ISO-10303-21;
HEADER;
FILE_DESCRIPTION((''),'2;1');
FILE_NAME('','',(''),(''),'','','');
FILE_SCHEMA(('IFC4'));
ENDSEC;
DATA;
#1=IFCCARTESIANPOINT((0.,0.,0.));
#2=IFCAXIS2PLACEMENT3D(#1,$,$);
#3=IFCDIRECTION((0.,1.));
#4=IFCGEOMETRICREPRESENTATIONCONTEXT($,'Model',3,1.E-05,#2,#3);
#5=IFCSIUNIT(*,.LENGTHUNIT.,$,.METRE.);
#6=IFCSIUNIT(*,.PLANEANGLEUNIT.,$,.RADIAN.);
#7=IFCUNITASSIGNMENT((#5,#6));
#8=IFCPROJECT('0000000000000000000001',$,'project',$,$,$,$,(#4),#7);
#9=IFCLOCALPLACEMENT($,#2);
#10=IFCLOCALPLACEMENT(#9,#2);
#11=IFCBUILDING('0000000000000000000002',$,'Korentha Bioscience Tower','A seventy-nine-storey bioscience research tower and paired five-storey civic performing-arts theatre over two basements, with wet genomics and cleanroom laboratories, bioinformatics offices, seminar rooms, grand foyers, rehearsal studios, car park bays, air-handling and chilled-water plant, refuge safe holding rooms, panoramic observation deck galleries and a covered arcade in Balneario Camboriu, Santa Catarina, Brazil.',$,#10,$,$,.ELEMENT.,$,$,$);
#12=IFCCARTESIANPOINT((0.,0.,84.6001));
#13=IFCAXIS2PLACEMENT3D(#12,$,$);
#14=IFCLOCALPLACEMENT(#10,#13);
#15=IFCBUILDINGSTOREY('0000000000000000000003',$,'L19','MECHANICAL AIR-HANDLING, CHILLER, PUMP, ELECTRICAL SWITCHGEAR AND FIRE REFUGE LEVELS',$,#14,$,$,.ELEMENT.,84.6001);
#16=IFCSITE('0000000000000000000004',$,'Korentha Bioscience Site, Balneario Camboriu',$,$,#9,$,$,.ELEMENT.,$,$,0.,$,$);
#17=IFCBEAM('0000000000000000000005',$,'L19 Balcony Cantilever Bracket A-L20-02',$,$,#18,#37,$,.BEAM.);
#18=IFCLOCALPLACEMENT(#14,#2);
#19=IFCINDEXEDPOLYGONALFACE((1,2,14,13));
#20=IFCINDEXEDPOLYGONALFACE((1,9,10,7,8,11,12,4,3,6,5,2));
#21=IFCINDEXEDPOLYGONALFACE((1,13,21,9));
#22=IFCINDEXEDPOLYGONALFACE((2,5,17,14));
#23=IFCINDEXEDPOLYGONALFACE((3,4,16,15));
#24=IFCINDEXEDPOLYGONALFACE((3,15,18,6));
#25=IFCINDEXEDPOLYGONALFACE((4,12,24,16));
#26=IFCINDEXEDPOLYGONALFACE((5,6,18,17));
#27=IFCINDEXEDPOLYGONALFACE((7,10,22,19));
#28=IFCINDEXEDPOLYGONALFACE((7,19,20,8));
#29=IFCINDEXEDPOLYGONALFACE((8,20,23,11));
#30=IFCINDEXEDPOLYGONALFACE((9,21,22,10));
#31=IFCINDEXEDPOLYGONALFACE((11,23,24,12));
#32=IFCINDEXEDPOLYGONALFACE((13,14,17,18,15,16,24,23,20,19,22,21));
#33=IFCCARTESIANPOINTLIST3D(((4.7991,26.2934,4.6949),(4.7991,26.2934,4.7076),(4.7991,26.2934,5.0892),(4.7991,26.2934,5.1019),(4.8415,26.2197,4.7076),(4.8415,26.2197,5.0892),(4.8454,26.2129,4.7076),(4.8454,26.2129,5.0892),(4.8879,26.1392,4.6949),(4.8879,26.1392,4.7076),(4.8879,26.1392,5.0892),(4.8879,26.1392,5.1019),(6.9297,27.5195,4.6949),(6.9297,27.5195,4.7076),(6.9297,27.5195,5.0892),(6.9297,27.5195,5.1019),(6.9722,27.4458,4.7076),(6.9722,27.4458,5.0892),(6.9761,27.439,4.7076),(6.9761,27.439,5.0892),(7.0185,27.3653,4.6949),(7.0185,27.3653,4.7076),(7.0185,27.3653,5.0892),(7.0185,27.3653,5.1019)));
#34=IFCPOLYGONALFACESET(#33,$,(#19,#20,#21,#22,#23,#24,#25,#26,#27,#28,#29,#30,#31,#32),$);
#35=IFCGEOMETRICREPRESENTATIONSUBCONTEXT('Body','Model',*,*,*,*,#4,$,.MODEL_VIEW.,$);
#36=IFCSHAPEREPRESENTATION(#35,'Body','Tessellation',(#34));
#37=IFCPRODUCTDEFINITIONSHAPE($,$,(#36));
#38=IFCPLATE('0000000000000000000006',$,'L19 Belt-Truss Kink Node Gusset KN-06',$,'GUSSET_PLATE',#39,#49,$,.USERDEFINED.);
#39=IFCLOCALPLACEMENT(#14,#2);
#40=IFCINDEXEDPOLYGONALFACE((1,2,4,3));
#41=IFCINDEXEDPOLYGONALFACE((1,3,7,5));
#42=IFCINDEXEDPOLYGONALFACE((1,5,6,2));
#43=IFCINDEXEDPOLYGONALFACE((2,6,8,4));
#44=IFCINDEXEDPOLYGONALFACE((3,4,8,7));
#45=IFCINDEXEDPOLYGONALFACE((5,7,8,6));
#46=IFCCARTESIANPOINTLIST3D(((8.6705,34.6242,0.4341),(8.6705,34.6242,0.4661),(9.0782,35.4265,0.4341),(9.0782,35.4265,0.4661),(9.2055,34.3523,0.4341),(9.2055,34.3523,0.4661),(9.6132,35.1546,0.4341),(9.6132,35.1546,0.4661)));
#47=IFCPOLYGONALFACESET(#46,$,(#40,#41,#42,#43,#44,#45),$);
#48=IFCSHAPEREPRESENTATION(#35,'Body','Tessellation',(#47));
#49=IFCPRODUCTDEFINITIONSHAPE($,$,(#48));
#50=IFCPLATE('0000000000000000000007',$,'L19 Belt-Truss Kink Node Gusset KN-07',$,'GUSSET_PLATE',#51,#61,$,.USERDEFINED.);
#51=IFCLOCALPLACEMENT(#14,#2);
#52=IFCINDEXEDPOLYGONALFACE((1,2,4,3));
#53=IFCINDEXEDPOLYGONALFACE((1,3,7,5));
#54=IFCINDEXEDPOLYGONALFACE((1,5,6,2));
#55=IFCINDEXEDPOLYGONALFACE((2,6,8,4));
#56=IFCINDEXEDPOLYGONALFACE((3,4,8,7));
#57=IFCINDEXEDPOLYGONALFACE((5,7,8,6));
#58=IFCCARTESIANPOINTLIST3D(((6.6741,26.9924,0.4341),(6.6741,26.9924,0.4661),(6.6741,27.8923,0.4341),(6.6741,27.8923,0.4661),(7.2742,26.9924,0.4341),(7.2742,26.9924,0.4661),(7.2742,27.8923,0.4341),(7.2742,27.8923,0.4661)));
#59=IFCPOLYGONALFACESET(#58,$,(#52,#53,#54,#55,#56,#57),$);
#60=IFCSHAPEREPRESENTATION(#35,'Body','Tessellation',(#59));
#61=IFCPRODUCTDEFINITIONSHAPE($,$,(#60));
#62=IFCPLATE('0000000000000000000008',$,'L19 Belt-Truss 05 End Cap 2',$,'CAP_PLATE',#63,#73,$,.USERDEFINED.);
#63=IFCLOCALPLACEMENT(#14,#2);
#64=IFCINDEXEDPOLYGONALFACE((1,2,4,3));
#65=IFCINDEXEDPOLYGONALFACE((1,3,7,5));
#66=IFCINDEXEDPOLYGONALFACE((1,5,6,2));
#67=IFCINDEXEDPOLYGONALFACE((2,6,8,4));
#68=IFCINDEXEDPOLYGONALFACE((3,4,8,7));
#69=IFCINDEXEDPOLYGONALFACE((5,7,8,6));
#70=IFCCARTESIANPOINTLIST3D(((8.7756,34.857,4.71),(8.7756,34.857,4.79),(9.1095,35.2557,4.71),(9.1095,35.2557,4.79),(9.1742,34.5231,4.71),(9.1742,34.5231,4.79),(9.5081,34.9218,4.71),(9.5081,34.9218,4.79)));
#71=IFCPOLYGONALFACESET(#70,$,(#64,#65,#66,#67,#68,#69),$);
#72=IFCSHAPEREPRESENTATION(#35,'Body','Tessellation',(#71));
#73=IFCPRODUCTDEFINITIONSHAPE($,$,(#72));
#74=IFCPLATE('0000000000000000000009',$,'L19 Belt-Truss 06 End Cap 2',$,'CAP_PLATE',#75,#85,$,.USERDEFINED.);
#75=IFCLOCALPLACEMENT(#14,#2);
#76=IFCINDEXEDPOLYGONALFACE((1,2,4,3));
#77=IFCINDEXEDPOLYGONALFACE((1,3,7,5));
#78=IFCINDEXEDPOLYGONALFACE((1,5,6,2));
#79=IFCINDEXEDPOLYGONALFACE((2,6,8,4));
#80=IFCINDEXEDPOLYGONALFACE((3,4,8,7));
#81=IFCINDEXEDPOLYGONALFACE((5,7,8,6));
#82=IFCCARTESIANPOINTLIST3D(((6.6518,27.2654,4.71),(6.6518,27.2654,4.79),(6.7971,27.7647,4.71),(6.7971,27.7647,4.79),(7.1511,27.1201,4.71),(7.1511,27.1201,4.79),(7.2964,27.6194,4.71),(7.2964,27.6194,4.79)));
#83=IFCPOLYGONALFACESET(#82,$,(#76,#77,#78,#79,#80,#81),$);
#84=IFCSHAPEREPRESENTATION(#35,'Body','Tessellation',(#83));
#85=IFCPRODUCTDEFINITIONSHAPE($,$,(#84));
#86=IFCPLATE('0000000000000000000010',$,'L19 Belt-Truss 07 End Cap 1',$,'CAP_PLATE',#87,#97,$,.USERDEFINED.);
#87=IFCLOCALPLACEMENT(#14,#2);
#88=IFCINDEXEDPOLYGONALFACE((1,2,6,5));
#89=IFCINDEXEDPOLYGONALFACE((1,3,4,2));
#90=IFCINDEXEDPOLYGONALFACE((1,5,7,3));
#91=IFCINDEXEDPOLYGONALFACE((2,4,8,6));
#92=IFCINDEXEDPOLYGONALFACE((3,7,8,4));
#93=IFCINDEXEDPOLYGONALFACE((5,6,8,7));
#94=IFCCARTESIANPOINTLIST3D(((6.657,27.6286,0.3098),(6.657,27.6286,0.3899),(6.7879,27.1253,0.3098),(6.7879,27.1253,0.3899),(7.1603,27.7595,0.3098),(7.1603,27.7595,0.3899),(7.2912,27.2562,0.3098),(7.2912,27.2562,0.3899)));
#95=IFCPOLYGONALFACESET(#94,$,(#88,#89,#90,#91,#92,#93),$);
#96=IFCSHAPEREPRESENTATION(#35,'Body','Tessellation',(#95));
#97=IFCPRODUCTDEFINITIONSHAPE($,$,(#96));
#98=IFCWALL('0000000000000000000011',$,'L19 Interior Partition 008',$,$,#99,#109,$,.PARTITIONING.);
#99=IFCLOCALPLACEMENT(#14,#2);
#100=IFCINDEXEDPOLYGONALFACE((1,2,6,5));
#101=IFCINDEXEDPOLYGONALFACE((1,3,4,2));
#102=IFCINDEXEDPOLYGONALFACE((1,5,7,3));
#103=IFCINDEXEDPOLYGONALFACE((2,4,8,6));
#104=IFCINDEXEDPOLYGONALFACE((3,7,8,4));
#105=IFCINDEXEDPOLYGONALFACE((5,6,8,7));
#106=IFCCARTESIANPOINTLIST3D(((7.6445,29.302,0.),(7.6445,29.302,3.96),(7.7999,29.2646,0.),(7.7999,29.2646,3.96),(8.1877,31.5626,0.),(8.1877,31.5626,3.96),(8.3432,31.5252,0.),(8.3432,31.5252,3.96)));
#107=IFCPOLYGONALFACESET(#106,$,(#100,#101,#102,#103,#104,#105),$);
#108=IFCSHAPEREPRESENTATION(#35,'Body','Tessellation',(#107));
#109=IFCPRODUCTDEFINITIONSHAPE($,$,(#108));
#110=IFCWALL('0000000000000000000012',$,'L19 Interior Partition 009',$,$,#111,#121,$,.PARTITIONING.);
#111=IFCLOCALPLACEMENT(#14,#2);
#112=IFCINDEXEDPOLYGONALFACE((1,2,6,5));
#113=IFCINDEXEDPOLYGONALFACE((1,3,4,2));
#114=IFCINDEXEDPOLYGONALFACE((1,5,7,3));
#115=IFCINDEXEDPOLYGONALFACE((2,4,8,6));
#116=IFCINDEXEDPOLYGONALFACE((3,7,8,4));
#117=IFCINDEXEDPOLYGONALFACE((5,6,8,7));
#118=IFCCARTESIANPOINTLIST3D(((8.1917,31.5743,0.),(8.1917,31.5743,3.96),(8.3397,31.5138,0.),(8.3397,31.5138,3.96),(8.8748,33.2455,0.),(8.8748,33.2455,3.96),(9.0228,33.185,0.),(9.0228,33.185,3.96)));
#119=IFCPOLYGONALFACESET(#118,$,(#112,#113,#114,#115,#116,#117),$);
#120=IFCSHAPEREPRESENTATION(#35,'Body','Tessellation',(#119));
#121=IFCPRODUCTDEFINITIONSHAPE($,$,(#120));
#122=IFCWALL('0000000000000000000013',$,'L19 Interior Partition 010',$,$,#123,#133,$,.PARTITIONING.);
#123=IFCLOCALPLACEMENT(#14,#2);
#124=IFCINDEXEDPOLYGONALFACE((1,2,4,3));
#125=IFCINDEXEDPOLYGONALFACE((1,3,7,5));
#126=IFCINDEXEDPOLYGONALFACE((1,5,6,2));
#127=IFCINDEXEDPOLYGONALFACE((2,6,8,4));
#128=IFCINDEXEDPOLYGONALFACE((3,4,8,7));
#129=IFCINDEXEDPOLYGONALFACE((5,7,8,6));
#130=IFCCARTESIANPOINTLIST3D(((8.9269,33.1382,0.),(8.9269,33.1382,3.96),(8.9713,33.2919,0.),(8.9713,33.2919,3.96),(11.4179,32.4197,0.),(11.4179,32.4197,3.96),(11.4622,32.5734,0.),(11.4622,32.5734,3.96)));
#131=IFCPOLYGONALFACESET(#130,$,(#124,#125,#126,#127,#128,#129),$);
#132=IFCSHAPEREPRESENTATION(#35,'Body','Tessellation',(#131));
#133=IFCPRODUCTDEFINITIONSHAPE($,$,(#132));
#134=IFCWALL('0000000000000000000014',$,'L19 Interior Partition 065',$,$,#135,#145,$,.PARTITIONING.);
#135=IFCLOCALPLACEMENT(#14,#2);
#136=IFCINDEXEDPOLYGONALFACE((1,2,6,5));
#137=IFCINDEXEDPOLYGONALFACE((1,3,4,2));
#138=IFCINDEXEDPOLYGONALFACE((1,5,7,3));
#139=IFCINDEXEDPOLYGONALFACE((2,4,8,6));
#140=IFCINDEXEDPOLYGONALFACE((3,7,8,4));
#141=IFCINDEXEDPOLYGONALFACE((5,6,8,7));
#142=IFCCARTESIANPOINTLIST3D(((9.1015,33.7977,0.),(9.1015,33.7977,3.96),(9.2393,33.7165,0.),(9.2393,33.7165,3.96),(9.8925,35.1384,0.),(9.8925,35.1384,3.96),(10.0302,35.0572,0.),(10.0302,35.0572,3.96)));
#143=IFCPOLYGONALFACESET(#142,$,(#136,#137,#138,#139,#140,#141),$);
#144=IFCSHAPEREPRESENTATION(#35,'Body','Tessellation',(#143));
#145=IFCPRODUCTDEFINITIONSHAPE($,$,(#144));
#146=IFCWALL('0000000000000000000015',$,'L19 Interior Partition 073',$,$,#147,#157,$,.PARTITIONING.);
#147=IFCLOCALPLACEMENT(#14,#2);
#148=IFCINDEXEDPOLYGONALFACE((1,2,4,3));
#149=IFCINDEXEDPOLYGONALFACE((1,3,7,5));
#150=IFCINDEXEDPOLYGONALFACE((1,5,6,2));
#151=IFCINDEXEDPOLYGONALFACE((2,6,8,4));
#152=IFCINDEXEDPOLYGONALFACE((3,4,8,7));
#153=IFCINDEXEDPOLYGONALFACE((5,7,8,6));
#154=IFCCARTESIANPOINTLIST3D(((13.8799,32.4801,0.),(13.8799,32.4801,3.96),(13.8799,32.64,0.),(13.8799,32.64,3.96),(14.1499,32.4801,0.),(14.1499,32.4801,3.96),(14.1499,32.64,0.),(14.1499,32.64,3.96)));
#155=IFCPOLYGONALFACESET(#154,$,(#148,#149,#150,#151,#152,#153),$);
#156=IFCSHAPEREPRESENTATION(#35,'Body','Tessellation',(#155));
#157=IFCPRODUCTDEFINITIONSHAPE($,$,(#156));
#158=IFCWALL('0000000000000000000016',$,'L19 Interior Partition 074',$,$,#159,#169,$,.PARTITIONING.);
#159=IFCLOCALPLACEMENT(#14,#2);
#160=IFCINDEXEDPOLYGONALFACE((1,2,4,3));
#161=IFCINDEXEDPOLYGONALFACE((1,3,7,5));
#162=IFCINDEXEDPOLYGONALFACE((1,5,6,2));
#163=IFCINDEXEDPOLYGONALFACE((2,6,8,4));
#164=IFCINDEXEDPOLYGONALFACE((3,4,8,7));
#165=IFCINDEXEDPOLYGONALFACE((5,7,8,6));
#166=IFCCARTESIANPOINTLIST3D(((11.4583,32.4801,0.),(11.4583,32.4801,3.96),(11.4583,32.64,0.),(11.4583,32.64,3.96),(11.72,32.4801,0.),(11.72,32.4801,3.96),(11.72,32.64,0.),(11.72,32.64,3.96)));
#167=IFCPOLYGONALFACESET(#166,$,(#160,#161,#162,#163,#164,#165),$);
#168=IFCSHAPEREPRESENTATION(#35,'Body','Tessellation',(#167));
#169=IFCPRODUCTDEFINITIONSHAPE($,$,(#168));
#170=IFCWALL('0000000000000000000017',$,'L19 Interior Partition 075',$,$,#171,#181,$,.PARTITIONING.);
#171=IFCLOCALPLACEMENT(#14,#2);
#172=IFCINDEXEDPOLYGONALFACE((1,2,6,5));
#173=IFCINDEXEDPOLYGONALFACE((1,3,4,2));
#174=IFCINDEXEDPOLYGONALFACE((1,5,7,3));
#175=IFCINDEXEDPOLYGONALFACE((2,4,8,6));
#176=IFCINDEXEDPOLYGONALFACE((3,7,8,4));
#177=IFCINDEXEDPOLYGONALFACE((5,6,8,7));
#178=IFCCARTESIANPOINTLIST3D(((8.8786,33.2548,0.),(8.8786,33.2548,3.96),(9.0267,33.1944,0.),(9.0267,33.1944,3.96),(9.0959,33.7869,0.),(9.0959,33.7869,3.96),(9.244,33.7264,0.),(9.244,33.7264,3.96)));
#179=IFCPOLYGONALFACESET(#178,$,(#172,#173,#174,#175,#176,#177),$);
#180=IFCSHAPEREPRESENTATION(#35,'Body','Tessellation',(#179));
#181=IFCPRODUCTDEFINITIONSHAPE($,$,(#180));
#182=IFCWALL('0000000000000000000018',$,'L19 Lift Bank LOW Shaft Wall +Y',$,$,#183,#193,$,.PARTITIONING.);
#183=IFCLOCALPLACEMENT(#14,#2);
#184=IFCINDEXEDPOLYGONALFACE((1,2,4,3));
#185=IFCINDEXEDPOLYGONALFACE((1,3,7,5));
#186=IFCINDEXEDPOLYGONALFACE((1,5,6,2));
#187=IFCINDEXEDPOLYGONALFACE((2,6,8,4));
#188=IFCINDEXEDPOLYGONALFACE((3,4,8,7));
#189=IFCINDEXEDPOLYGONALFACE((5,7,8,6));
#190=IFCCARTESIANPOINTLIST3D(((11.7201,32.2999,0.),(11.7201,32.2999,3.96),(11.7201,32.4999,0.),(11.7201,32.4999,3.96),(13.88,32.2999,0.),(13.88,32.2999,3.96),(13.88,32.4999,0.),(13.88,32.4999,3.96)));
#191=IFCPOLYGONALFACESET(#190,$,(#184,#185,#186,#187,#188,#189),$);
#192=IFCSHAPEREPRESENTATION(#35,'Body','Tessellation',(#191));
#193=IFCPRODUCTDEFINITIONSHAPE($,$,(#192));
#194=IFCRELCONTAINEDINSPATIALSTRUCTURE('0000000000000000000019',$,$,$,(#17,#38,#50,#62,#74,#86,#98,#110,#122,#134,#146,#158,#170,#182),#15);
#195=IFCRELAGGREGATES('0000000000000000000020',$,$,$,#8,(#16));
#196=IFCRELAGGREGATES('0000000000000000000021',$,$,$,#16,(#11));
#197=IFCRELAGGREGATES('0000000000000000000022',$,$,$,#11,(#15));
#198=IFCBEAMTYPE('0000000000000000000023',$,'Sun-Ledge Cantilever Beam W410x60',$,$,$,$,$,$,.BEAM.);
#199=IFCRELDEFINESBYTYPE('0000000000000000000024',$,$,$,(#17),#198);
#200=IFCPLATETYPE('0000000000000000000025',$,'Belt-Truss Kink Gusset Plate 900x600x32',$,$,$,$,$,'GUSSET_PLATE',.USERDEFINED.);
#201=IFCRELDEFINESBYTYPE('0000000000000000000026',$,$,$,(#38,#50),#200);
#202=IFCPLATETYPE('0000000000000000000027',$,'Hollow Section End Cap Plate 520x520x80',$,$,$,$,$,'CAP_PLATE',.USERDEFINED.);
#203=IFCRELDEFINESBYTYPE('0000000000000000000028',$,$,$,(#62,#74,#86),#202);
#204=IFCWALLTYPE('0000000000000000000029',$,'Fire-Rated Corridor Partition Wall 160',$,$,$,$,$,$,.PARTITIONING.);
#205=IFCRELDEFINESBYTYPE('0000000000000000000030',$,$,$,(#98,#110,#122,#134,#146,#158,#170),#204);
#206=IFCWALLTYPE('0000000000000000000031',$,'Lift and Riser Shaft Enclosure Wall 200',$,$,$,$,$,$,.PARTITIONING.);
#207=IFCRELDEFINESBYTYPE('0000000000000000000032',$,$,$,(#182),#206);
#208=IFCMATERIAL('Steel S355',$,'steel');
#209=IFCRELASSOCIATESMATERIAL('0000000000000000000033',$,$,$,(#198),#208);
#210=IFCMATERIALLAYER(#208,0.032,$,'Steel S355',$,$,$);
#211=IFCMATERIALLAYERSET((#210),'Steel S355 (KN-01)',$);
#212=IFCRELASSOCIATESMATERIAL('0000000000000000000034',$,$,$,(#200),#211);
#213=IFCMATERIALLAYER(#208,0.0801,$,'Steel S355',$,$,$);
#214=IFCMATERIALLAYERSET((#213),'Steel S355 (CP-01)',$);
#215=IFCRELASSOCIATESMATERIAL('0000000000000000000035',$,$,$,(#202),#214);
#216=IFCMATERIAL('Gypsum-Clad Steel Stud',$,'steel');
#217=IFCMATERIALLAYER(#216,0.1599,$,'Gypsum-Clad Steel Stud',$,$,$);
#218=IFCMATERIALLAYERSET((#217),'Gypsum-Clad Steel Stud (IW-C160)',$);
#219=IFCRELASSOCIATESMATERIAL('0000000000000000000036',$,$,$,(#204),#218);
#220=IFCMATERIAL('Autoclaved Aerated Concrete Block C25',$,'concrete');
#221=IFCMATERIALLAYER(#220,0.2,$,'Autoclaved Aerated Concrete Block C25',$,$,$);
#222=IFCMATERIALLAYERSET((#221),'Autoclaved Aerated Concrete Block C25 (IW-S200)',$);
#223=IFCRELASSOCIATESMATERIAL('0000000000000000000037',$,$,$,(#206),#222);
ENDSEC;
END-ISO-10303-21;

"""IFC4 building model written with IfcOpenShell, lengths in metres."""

from ifc_helpers import new_model, si_unit, direction, frame, frame_2d, origin, origin_2d, place, context, subcontext, project, spatial, rectangle, i_section, extrude, material, layer, layer_set, material_profile, profile_set, type_object, element, save


model = new_model("IFC4")

# Units and contexts
model_context = context("Model", 3, precision=1e-05, world=origin(), true_north=direction((0.0, 1.0)))
body_context = subcontext(model_context, "Body", "Model", "MODEL_VIEW")
ifc_project = project(units=[si_unit("LENGTHUNIT", "METRE"), si_unit("PLANEANGLEUNIT", "RADIAN")], contexts=[model_context])

# Site, building, storey
site_placement = place(None, origin())
site = spatial("IfcSite", under=ifc_project, at=site_placement, Name="Korentha Bioscience Site, Balneario Camboriu", CompositionType="ELEMENT", RefElevation=0.0)
building_placement = place(site_placement, origin())
building = spatial("IfcBuilding", under=site, at=building_placement, Name="Korentha Bioscience Tower", Description="A seventy-nine-storey bioscience research tower and paired five-storey civic performing-arts theatre over two basements, with wet genomics and cleanroom laboratories, bioinformatics offices, seminar rooms, grand foyers, rehearsal studios, car park bays, air-handling and chilled-water plant, refuge safe holding rooms, panoramic observation deck galleries and a covered arcade in Balneario Camboriu, Santa Catarina, Brazil.", CompositionType="ELEMENT")
storey_placement = place(building_placement, frame((0.0, 0.0, 84.6001)))
storey = spatial("IfcBuildingStorey", under=building, at=storey_placement, Name="L19", Description="MECHANICAL AIR-HANDLING, CHILLER, PUMP, ELECTRICAL SWITCHGEAR AND FIRE REFUGE LEVELS", CompositionType="ELEMENT", Elevation=84.6001)

# Shared definitions
ifc_material_1 = material(Name="Steel S355", Category="steel")

# Beam
ifc_material_profile_1 = material_profile(ifc_material_1, i_section(OverallWidth=0.178, OverallDepth=0.407, WebThickness=0.0078, FlangeThickness=0.0127, at=origin_2d()), Name="Steel S355")
ifc_profile_set_1 = profile_set([ifc_material_profile_1], Name="Steel S355 (CB-410)")
beam_type_1 = type_object("IfcBeamType", Name="Sun-Ledge Cantilever Beam W410x60", PredefinedType="BEAM", material=ifc_profile_set_1)
beam_1_placement = place(storey_placement, frame((6.9741, 27.4424, 4.8984), z_axis=(-0.866736, -0.498768, 0.0), x_axis=(0.498768, -0.866736, 0.0)))
element("IfcBeam", 1, at=beam_1_placement, inside=storey, type_object=beam_type_1, Name="L19 Balcony Cantilever Bracket A-L20-02", PredefinedType="BEAM", context=body_context, shape_type="SweptSolid", body=[
    extrude(i_section(OverallWidth=0.178, OverallDepth=0.407, WebThickness=0.0078, FlangeThickness=0.0127, at=origin_2d()), origin(), (0.0, 0.0, 1.0), 2.4583),
])

# Plates
ifc_layer_1 = layer(ifc_material_1, 0.032, Name="Steel S355")
ifc_layer_set_1 = layer_set([ifc_layer_1], Name="Steel S355 (KN-01)")
plate_type_1 = type_object("IfcPlateType", Name="Belt-Truss Kink Gusset Plate 900x600x32", ElementType="GUSSET_PLATE", PredefinedType="USERDEFINED", material=ifc_layer_set_1)
for number, where, z_axis, x_axis, name in (
    (2, (9.1418, 34.8894, 0.4341), (0.0, 0.0, 1.0), (0.453057, 0.891481, 0.0), "L19 Belt-Truss Kink Node Gusset KN-06"),
    (3, (6.9741, 27.4424, 0.4341), (0.0, 0.0, 1.0), (0.0, 1.0, 0.0), "L19 Belt-Truss Kink Node Gusset KN-07"),
):
    element("IfcPlate", number, at=place(storey_placement, frame(where, z_axis=z_axis, x_axis=x_axis)), inside=storey, type_object=plate_type_1, Name=name, ObjectType="GUSSET_PLATE", PredefinedType="USERDEFINED", context=body_context, shape_type="SweptSolid", body=[
        extrude(rectangle(XDim=0.8999, YDim=0.6001, at=origin_2d()), origin(), (0.0, 0.0, 1.0), 0.032),
    ])
ifc_layer_2 = layer(ifc_material_1, 0.0801, Name="Steel S355")
ifc_layer_set_2 = layer_set([ifc_layer_2], Name="Steel S355 (CP-01)")
plate_type_2 = type_object("IfcPlateType", Name="Hollow Section End Cap Plate 520x520x80", ElementType="CAP_PLATE", PredefinedType="USERDEFINED", material=ifc_layer_set_2)
for number, where, z_axis, x_axis, name in (
    (4, (9.1418, 34.8894, 4.71), (0.0, 0.0, 1.0), (0.642119, 0.766605, 0.0), "L19 Belt-Truss 05 End Cap 2"),
    (5, (6.9741, 27.4424, 4.71), (0.0, 0.0, 1.0), (0.279494, 0.960147, 0.0), "L19 Belt-Truss 06 End Cap 2"),
    (6, (6.9741, 27.4424, 0.3098), (0.0, 0.0, 1.0), (-0.251732, 0.967797, 0.0), "L19 Belt-Truss 07 End Cap 1"),
):
    element("IfcPlate", number, at=place(storey_placement, frame(where, z_axis=z_axis, x_axis=x_axis)), inside=storey, type_object=plate_type_2, Name=name, ObjectType="CAP_PLATE", PredefinedType="USERDEFINED", context=body_context, shape_type="SweptSolid", body=[
        extrude(rectangle(XDim=0.52, YDim=0.52, at=origin_2d()), origin(), (0.0, 0.0, 1.0), 0.0801),
    ])

# Walls
ifc_material_2 = material(Name="Gypsum-Clad Steel Stud", Category="steel")
ifc_layer_3 = layer(ifc_material_2, 0.1599, Name="Gypsum-Clad Steel Stud")
ifc_layer_set_3 = layer_set([ifc_layer_3], Name="Gypsum-Clad Steel Stud (IW-C160)")
wall_type_1 = type_object("IfcWallType", Name="Fire-Rated Corridor Partition Wall 160", PredefinedType="PARTITIONING", material=ifc_layer_set_3)
wall_1_placement = place(storey_placement, frame((7.7222, 29.2832, 0.0), z_axis=(0.0, 0.0, 1.0), x_axis=(0.233655, 0.97232, 0.0)))
element("IfcWall", 7, at=wall_1_placement, inside=storey, type_object=wall_type_1, Name="L19 Interior Partition 008", PredefinedType="PARTITIONING", context=body_context, shape_type="SweptSolid", body=[
    extrude(rectangle(XDim=2.325, YDim=0.1599, at=frame_2d((1.1626, 0.0))), origin(), (0.0, 0.0, 1.0), 3.96),
])
wall_2_placement = place(storey_placement, frame((8.2656, 31.5439, 0.0), z_axis=(0.0, 0.0, 1.0), x_axis=(0.378375, 0.925652, 0.0)))
element("IfcWall", 8, at=wall_2_placement, inside=storey, type_object=wall_type_1, Name="L19 Interior Partition 009", PredefinedType="PARTITIONING", context=body_context, shape_type="SweptSolid", body=[
    extrude(rectangle(XDim=1.8054, YDim=0.1599, at=frame_2d((0.9028, 0.0))), origin(), (0.0, 0.0, 1.0), 3.96),
])
wall_3_placement = place(storey_placement, frame((8.949, 33.2151, 0.0), z_axis=(0.0, 0.0, 1.0), x_axis=(0.960828, -0.277146, 0.0)))
element("IfcWall", 9, at=wall_3_placement, inside=storey, type_object=wall_type_1, Name="L19 Interior Partition 010", PredefinedType="PARTITIONING", context=body_context, shape_type="SweptSolid", body=[
    extrude(rectangle(XDim=2.5925, YDim=0.1599, at=frame_2d((1.2964, 0.0))), origin(), (0.0, 0.0, 1.0), 3.96),
])
wall_4_placement = place(storey_placement, frame((9.1704, 33.7571, 0.0), z_axis=(0.0, 0.0, 1.0), x_axis=(0.508116, 0.861288, 0.0)))
element("IfcWall", 10, at=wall_4_placement, inside=storey, type_object=wall_type_1, Name="L19 Interior Partition 065", PredefinedType="PARTITIONING", context=body_context, shape_type="SweptSolid", body=[
    extrude(rectangle(XDim=1.5566, YDim=0.1599, at=frame_2d((0.7783, 0.0))), origin(), (0.0, 0.0, 1.0), 3.96),
])
wall_5_placement = place(storey_placement, frame((14.1499, 32.5601, 0.0), z_axis=(0.0, 0.0, 1.0), x_axis=(-1.0, 0.0, 0.0)))
element("IfcWall", 11, at=wall_5_placement, inside=storey, type_object=wall_type_1, Name="L19 Interior Partition 073", PredefinedType="PARTITIONING", context=body_context, shape_type="SweptSolid", body=[
    extrude(rectangle(XDim=0.27, YDim=0.1599, at=frame_2d((0.135, 0.0))), origin(), (0.0, 0.0, 1.0), 3.96),
])
wall_6_placement = place(storey_placement, frame((11.72, 32.5601, 0.0), z_axis=(0.0, 0.0, 1.0), x_axis=(-1.0, 0.0, 0.0)))
element("IfcWall", 12, at=wall_6_placement, inside=storey, type_object=wall_type_1, Name="L19 Interior Partition 074", PredefinedType="PARTITIONING", context=body_context, shape_type="SweptSolid", body=[
    extrude(rectangle(XDim=0.2617, YDim=0.1599, at=frame_2d((0.1309, 0.0))), origin(), (0.0, 0.0, 1.0), 3.96),
])
wall_7_placement = place(storey_placement, frame((8.9526, 33.2246, 0.0), z_axis=(0.0, 0.0, 1.0), x_axis=(0.37812, 0.925757, 0.0)))
element("IfcWall", 13, at=wall_7_placement, inside=storey, type_object=wall_type_1, Name="L19 Interior Partition 075", PredefinedType="PARTITIONING", context=body_context, shape_type="SweptSolid", body=[
    extrude(rectangle(XDim=0.5747, YDim=0.1599, at=frame_2d((0.2874, 0.0))), origin(), (0.0, 0.0, 1.0), 3.96),
])
ifc_material_3 = material(Name="Autoclaved Aerated Concrete Block C25", Category="concrete")
ifc_layer_4 = layer(ifc_material_3, 0.2, Name="Autoclaved Aerated Concrete Block C25")
ifc_layer_set_4 = layer_set([ifc_layer_4], Name="Autoclaved Aerated Concrete Block C25 (IW-S200)")
wall_type_2 = type_object("IfcWallType", Name="Lift and Riser Shaft Enclosure Wall 200", PredefinedType="PARTITIONING", material=ifc_layer_set_4)
wall_8_placement = place(storey_placement, frame((11.72, 32.3999, 0.0), z_axis=(0.0, 0.0, 1.0), x_axis=(1.0, 0.0, 0.0)))
element("IfcWall", 14, at=wall_8_placement, inside=storey, type_object=wall_type_2, Name="L19 Lift Bank LOW Shaft Wall +Y", PredefinedType="PARTITIONING", context=body_context, shape_type="SweptSolid", body=[
    extrude(rectangle(XDim=2.1599, YDim=0.2, at=frame_2d((1.0801, 0.0))), origin(), (0.0, 0.0, 1.0), 3.96),
])

save(model, "model.ifc")
